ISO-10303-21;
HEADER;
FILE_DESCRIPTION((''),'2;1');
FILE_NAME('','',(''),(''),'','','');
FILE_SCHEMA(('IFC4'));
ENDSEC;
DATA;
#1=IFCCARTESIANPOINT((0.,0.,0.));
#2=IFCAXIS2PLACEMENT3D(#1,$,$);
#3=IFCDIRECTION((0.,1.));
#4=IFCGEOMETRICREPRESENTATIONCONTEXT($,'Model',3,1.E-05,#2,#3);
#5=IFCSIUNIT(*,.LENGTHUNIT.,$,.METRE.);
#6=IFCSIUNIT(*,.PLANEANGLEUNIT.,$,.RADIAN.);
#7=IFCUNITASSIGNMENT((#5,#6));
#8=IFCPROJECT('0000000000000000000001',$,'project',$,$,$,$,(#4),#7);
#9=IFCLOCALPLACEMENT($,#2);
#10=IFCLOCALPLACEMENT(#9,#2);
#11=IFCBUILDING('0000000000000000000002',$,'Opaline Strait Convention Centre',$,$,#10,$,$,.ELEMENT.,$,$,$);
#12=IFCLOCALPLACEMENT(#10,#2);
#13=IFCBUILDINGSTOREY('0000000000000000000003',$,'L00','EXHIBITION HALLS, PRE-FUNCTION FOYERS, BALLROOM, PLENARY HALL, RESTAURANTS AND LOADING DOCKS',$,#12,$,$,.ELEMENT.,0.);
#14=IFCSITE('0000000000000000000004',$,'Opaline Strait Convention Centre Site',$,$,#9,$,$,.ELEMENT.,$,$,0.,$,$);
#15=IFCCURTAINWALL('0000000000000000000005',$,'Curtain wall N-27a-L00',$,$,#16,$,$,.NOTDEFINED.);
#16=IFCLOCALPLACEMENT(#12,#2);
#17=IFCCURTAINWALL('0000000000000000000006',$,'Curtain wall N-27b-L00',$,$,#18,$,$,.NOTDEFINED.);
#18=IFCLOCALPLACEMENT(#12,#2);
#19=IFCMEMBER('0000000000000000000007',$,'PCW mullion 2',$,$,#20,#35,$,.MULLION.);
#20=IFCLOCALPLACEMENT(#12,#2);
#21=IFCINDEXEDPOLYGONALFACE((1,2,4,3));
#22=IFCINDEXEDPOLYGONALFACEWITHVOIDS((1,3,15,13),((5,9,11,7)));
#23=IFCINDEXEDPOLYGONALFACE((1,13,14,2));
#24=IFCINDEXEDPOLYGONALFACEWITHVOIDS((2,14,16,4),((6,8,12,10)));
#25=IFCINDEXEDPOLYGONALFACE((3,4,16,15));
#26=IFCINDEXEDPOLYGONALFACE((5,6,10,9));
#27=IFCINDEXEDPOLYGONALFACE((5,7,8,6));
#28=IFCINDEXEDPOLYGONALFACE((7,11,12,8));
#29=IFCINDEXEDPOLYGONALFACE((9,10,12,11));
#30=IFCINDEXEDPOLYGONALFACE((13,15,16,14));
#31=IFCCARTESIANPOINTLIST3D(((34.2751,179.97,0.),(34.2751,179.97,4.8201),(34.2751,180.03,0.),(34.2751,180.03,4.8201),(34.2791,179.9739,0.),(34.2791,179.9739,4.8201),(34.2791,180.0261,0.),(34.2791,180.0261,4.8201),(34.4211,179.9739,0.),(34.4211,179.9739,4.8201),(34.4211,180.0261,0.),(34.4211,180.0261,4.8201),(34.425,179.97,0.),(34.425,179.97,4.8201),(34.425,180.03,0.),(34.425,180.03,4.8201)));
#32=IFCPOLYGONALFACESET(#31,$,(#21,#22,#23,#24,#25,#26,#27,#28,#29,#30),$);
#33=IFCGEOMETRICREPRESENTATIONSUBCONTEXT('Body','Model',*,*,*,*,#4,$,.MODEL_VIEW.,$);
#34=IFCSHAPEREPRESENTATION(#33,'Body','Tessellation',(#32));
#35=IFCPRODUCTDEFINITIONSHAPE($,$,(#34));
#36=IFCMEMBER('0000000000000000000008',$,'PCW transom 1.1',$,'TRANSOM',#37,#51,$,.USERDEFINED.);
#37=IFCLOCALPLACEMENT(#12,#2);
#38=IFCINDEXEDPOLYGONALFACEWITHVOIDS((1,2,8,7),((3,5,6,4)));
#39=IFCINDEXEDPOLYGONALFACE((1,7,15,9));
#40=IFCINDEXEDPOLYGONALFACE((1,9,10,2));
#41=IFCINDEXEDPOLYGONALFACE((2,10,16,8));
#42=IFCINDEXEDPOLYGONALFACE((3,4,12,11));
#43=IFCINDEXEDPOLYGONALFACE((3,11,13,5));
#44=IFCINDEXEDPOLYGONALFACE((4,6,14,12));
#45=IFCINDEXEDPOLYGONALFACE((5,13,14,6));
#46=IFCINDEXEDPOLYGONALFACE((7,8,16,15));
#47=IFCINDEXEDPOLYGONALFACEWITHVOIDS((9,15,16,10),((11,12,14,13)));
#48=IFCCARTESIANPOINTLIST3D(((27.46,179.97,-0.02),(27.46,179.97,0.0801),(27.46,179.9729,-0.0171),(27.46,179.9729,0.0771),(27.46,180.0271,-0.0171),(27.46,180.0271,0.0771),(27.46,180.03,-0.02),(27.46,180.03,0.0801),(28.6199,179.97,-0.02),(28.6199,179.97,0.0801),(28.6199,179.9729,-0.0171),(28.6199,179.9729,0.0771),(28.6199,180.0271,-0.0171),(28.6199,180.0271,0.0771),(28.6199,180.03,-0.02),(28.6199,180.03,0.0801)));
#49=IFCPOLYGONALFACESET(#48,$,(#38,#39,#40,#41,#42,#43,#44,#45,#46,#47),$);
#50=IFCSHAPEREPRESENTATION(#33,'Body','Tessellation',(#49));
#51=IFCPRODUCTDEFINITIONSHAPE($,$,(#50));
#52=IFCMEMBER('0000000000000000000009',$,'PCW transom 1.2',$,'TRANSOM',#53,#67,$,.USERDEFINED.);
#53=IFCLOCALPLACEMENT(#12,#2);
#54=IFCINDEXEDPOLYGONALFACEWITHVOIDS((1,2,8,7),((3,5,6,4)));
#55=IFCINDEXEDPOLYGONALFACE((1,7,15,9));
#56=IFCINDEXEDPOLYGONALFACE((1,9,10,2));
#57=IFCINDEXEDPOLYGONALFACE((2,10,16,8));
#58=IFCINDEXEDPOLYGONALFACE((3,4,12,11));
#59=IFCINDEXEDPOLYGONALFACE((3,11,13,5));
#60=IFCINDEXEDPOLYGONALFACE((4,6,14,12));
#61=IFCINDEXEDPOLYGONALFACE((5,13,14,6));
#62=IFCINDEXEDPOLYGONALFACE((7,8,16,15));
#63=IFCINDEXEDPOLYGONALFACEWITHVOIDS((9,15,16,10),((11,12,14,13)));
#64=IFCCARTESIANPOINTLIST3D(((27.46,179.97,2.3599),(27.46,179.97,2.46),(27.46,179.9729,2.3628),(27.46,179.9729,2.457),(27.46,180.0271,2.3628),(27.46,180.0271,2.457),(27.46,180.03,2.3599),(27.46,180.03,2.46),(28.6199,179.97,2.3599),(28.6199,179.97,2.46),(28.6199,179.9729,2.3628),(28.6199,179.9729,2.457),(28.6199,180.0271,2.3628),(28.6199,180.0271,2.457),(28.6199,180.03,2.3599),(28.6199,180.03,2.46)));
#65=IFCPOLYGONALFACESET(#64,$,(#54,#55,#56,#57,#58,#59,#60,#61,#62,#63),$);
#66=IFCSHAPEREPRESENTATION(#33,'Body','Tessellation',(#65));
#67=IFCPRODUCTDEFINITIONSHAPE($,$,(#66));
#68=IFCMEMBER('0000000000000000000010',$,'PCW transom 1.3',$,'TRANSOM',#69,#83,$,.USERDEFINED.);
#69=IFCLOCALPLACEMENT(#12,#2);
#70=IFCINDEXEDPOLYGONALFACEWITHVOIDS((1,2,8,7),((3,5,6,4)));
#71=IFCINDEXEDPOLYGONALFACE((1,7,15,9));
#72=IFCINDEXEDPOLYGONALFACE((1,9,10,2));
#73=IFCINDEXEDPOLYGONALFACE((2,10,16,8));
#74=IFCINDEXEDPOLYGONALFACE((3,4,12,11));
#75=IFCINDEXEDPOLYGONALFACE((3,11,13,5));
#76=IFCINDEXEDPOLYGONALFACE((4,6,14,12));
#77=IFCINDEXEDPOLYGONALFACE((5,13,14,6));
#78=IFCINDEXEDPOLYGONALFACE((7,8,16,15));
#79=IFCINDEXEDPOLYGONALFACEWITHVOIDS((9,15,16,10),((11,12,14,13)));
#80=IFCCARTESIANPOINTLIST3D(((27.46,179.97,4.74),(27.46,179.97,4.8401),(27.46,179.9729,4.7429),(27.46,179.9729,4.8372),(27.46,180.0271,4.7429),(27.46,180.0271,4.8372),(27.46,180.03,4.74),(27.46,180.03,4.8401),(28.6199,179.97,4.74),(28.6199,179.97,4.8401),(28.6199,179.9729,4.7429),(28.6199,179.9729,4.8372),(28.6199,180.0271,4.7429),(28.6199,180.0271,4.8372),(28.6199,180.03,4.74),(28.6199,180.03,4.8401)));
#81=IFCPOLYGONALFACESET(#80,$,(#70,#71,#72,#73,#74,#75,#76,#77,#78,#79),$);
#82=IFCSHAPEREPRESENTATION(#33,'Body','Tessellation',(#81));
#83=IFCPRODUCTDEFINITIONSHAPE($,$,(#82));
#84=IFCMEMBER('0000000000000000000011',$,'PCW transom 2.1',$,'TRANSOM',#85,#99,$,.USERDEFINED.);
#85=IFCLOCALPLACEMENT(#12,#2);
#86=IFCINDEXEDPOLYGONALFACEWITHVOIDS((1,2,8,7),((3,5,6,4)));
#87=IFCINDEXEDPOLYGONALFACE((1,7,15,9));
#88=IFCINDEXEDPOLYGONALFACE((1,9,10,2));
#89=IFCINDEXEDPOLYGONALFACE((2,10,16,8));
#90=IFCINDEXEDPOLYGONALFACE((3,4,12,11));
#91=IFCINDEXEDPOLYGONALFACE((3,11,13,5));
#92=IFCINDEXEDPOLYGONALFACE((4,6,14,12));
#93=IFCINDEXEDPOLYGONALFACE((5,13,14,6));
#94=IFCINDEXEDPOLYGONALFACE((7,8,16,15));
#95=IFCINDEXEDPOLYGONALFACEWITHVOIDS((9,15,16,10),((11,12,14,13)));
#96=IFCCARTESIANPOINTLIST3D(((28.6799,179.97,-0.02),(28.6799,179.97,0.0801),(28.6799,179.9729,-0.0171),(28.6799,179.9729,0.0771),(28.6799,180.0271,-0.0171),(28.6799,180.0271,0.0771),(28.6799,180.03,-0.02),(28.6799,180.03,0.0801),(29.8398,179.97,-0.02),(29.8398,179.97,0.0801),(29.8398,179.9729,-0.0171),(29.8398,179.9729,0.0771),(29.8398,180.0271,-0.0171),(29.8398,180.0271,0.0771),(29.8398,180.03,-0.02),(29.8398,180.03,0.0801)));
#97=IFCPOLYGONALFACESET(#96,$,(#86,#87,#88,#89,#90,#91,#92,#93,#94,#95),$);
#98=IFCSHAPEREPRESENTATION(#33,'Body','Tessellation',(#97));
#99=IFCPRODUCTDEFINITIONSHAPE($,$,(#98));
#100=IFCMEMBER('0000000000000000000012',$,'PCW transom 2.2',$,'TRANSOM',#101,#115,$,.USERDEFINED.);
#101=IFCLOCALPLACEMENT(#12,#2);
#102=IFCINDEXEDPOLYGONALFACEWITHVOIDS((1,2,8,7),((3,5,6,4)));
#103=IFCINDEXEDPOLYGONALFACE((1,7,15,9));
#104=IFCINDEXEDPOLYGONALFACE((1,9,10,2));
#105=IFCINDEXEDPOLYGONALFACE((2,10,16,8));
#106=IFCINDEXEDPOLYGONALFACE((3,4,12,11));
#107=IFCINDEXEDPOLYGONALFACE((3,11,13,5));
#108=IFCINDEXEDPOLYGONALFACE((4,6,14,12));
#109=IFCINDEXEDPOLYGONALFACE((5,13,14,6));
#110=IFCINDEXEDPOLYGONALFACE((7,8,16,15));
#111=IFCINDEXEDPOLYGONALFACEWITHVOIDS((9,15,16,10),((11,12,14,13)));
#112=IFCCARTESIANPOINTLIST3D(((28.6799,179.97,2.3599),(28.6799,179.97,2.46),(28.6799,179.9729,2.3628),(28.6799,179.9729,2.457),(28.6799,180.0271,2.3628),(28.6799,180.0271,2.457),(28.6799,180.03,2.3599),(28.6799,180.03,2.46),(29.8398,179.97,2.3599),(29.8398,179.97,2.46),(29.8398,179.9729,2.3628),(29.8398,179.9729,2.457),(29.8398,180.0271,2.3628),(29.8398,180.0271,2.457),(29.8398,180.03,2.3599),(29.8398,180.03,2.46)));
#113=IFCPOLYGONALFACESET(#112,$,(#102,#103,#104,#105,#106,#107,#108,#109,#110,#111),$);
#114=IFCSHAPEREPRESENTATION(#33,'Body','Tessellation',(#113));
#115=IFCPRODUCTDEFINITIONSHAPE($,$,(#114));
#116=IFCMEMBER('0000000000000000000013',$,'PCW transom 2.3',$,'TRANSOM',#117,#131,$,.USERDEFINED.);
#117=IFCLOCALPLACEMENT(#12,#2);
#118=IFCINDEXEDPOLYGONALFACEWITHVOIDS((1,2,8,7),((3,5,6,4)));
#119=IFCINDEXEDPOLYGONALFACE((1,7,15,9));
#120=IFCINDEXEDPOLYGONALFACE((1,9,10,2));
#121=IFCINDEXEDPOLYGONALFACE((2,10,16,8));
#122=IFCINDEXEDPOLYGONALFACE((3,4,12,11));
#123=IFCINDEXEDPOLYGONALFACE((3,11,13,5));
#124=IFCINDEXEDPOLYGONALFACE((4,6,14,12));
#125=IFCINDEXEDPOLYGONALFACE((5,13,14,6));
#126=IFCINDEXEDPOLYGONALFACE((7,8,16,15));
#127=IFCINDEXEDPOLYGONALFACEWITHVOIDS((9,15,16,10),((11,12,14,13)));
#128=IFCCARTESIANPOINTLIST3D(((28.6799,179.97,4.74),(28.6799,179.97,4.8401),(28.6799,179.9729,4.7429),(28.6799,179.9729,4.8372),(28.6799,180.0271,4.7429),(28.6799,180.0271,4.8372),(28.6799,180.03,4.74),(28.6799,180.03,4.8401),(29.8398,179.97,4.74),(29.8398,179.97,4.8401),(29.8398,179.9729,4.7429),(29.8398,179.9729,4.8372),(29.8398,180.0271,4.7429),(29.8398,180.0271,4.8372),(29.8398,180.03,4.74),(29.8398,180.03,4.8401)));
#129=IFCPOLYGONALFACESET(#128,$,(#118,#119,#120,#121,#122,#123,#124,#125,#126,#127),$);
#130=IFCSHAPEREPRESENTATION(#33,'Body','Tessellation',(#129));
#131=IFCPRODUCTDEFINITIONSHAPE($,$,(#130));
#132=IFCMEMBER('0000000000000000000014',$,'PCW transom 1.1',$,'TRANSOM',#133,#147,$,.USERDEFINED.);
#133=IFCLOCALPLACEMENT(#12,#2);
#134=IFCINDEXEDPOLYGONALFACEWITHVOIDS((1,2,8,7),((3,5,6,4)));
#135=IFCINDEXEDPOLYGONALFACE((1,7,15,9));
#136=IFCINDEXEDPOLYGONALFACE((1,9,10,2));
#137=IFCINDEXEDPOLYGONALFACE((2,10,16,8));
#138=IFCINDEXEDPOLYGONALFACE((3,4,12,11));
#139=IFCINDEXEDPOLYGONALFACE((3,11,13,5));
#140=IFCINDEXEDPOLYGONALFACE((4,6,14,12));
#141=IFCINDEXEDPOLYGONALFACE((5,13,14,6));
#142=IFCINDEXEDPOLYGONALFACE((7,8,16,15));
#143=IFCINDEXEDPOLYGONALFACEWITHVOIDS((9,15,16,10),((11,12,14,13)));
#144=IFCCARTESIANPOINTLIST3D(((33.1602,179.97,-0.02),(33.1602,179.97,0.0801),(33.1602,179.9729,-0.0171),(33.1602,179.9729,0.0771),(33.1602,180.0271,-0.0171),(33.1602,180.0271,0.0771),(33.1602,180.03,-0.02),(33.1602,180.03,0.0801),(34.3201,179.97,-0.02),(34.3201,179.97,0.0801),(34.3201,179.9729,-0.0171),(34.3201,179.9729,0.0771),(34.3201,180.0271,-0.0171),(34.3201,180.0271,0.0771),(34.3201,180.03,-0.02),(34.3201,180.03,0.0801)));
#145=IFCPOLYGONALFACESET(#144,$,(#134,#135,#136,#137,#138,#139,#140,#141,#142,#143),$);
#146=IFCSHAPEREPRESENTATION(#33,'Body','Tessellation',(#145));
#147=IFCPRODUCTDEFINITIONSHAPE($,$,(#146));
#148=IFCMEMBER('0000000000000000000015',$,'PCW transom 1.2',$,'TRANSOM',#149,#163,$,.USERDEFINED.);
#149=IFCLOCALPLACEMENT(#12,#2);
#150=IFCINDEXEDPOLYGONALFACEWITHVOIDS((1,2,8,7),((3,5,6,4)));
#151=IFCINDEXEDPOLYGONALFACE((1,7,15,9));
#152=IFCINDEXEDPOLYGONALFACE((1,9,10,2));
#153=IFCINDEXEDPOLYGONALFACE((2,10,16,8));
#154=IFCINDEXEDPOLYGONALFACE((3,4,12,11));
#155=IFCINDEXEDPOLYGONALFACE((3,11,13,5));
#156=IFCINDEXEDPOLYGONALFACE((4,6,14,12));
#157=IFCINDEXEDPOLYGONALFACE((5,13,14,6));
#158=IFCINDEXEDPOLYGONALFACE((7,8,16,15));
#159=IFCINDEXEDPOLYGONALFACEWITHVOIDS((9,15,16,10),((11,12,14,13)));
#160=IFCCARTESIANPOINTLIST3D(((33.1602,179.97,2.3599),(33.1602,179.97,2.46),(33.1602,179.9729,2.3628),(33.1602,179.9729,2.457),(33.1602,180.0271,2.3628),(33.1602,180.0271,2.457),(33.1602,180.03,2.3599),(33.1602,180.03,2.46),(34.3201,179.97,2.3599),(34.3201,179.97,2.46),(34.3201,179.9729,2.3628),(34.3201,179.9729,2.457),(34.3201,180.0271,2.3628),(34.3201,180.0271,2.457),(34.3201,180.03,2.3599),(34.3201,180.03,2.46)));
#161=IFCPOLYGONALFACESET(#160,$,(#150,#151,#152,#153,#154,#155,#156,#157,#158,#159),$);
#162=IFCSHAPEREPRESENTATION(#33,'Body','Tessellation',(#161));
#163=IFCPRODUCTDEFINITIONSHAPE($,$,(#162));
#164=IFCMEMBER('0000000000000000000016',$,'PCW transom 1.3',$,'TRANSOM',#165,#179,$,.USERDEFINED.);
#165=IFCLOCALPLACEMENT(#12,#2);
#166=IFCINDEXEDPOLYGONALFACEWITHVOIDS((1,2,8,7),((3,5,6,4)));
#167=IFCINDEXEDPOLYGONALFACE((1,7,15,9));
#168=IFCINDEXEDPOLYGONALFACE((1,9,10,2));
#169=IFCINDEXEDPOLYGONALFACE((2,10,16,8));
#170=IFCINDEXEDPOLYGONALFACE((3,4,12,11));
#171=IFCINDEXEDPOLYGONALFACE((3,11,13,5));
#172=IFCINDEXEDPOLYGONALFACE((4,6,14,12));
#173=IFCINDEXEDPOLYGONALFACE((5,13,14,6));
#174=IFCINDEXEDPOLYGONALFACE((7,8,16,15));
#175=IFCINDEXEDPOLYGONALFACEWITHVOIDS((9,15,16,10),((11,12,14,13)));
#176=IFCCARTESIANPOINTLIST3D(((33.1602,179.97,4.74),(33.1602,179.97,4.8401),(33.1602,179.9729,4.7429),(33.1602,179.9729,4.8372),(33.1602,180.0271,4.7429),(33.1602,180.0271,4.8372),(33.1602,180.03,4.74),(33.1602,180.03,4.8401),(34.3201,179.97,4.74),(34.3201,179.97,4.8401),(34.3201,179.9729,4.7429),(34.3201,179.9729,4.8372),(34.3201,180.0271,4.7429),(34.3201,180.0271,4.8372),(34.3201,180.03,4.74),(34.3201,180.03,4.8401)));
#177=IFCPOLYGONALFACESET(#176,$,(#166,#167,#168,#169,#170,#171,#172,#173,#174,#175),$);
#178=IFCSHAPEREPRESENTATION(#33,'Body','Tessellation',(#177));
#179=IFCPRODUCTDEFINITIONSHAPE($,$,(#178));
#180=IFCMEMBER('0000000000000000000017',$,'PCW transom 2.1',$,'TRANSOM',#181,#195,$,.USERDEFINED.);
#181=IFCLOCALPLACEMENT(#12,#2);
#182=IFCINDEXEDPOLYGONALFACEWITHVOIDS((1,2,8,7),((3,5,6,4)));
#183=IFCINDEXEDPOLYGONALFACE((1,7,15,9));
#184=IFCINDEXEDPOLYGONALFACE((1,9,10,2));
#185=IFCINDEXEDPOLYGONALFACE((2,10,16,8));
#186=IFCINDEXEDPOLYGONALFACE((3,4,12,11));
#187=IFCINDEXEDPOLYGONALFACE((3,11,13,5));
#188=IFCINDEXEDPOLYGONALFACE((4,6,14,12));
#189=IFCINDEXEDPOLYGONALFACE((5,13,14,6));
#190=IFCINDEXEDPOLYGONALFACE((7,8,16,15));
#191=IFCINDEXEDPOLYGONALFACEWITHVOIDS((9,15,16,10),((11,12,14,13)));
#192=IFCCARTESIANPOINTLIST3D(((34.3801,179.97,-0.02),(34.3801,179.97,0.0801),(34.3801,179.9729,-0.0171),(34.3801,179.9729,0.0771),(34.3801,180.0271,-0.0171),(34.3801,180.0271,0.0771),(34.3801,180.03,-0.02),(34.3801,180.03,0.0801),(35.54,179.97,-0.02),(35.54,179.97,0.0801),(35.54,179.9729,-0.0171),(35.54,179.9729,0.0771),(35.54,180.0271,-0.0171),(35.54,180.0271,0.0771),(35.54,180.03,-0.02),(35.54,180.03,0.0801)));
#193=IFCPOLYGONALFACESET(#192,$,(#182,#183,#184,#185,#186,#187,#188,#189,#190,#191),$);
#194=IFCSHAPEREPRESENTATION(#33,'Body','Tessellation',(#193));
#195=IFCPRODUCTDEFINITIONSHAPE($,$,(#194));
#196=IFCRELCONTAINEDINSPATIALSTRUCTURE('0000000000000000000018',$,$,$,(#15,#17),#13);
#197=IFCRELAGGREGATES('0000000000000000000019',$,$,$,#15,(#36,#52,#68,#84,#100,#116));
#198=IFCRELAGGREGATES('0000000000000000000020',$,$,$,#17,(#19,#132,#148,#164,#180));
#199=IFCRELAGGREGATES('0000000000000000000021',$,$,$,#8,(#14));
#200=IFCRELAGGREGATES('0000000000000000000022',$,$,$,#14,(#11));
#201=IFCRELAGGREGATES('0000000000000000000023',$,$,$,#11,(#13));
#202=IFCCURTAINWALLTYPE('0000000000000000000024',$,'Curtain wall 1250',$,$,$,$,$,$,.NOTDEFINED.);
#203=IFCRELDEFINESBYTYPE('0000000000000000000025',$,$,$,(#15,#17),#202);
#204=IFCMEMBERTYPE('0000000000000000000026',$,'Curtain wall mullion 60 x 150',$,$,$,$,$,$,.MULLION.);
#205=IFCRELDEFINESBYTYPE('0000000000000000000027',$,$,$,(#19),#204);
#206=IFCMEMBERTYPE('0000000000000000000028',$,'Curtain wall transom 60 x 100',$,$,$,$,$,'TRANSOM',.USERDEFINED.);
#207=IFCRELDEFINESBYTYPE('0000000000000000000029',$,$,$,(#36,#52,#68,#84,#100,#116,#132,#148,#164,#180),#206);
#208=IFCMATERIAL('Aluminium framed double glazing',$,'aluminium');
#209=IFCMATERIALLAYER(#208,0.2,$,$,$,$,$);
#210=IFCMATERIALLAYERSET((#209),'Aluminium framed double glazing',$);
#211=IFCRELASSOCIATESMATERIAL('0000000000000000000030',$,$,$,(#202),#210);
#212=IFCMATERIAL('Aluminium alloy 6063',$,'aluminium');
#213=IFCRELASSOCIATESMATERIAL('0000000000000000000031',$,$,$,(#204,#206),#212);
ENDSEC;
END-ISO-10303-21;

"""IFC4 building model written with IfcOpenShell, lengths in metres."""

from ifc_helpers import new_model, si_unit, direction, frame, origin, origin_2d, place, context, subcontext, project, spatial, hollow_rectangle, extrude, material, layer, layer_set, material_profile, profile_set, type_object, element, aggregate, save


model = new_model("IFC4")

# Units and contexts
model_context = context("Model", 3, precision=1e-05, world=origin(), true_north=direction((0.0, 1.0)))
body_context = subcontext(model_context, "Body", "Model", "MODEL_VIEW")
ifc_project = project(units=[si_unit("LENGTHUNIT", "METRE"), si_unit("PLANEANGLEUNIT", "RADIAN")], contexts=[model_context])

# Site, building, storey
site_placement = place(None, origin())
site = spatial("IfcSite", under=ifc_project, at=site_placement, Name="Opaline Strait Convention Centre Site", CompositionType="ELEMENT", RefElevation=0.0)
building_placement = place(site_placement, origin())
building = spatial("IfcBuilding", under=site, at=building_placement, Name="Opaline Strait Convention Centre", CompositionType="ELEMENT")
storey_placement = place(building_placement, origin())
storey = spatial("IfcBuildingStorey", under=building, at=storey_placement, Name="L00", Description="EXHIBITION HALLS, PRE-FUNCTION FOYERS, BALLROOM, PLENARY HALL, RESTAURANTS AND LOADING DOCKS", CompositionType="ELEMENT", Elevation=0.0)

# Curtain walls, member
ifc_material_1 = material(Name="Aluminium framed double glazing", Category="aluminium")
ifc_layer_1 = layer(ifc_material_1, 0.2)
ifc_layer_set_1 = layer_set([ifc_layer_1], Name="Aluminium framed double glazing")
curtain_wall_type = type_object("IfcCurtainWallType", Name="Curtain wall 1250", PredefinedType="NOTDEFINED", material=ifc_layer_set_1)
curtain_wall_1_placement = place(storey_placement, origin())
curtain_wall_1 = element("IfcCurtainWall", 1, at=curtain_wall_1_placement, inside=storey, type_object=curtain_wall_type, Name="Curtain wall N-27a-L00", PredefinedType="NOTDEFINED")
ifc_material_2 = material(Name="Aluminium alloy 6063", Category="aluminium")
ifc_material_profile_1 = material_profile(ifc_material_2, hollow_rectangle(XDim=0.0601, YDim=0.1499, WallThickness=0.0039, at=origin_2d()), Name="MULLION 60x150x4")
ifc_profile_set_1 = profile_set([ifc_material_profile_1], Name="Aluminium alloy 6063")
member_type_1 = type_object("IfcMemberType", Name="Curtain wall mullion 60 x 150", PredefinedType="MULLION", material=ifc_profile_set_1)
curtain_wall_2_placement = place(storey_placement, origin())
curtain_wall_2 = element("IfcCurtainWall", 2, at=curtain_wall_2_placement, inside=storey, type_object=curtain_wall_type, Name="Curtain wall N-27b-L00", PredefinedType="NOTDEFINED")
member_1_placement = place(storey_placement, frame((34.3501, 180.0, 0.0), z_axis=(0.0, 0.0, 1.0), x_axis=(0.0, 1.0, 0.0)))
member_1 = element("IfcMember", 3, at=member_1_placement, type_object=member_type_1, Name="PCW mullion 2", PredefinedType="MULLION", context=body_context, shape_type="SweptSolid", body=[
    extrude(hollow_rectangle(XDim=0.0601, YDim=0.1499, WallThickness=0.0039, at=origin_2d()), origin(), (0.0, 0.0, 1.0), 4.8201),
])

# Members
ifc_material_profile_2 = material_profile(ifc_material_2, hollow_rectangle(XDim=0.0601, YDim=0.1001, WallThickness=0.0029, at=origin_2d()), Name="TRANSOM 60x100x3")
ifc_profile_set_2 = profile_set([ifc_material_profile_2], Name="Aluminium alloy 6063")
member_type_2 = type_object("IfcMemberType", Name="Curtain wall transom 60 x 100", ElementType="TRANSOM", PredefinedType="USERDEFINED", material=ifc_profile_set_2)
member_2_placement = place(storey_placement, frame((27.46, 180.0, 0.03), z_axis=(1.0, 0.0, 0.0), x_axis=(0.0, 1.0, 0.0)))
member_2 = element("IfcMember", 4, at=member_2_placement, type_object=member_type_2, Name="PCW transom 1.1", ObjectType="TRANSOM", PredefinedType="USERDEFINED", context=body_context, shape_type="SweptSolid", body=[
    extrude(hollow_rectangle(XDim=0.0601, YDim=0.1001, WallThickness=0.0029, at=origin_2d()), origin(), (0.0, 0.0, 1.0), 1.1599),
])
member_3_placement = place(storey_placement, frame((27.46, 180.0, 2.4099), z_axis=(1.0, 0.0, 0.0), x_axis=(0.0, 1.0, 0.0)))
member_3 = element("IfcMember", 5, at=member_3_placement, type_object=member_type_2, Name="PCW transom 1.2", ObjectType="TRANSOM", PredefinedType="USERDEFINED", context=body_context, shape_type="SweptSolid", body=[
    extrude(hollow_rectangle(XDim=0.0601, YDim=0.1001, WallThickness=0.0029, at=origin_2d()), origin(), (0.0, 0.0, 1.0), 1.1599),
])
member_4_placement = place(storey_placement, frame((27.46, 180.0, 4.79), z_axis=(1.0, 0.0, 0.0), x_axis=(0.0, 1.0, 0.0)))
member_4 = element("IfcMember", 6, at=member_4_placement, type_object=member_type_2, Name="PCW transom 1.3", ObjectType="TRANSOM", PredefinedType="USERDEFINED", context=body_context, shape_type="SweptSolid", body=[
    extrude(hollow_rectangle(XDim=0.0601, YDim=0.1001, WallThickness=0.0029, at=origin_2d()), origin(), (0.0, 0.0, 1.0), 1.1599),
])
member_5_placement = place(storey_placement, frame((28.6799, 180.0, 0.03), z_axis=(1.0, 0.0, 0.0), x_axis=(0.0, 1.0, 0.0)))
member_5 = element("IfcMember", 7, at=member_5_placement, type_object=member_type_2, Name="PCW transom 2.1", ObjectType="TRANSOM", PredefinedType="USERDEFINED", context=body_context, shape_type="SweptSolid", body=[
    extrude(hollow_rectangle(XDim=0.0601, YDim=0.1001, WallThickness=0.0029, at=origin_2d()), origin(), (0.0, 0.0, 1.0), 1.1599),
])
member_6_placement = place(storey_placement, frame((28.6799, 180.0, 2.4099), z_axis=(1.0, 0.0, 0.0), x_axis=(0.0, 1.0, 0.0)))
member_6 = element("IfcMember", 8, at=member_6_placement, type_object=member_type_2, Name="PCW transom 2.2", ObjectType="TRANSOM", PredefinedType="USERDEFINED", context=body_context, shape_type="SweptSolid", body=[
    extrude(hollow_rectangle(XDim=0.0601, YDim=0.1001, WallThickness=0.0029, at=origin_2d()), origin(), (0.0, 0.0, 1.0), 1.1599),
])
member_7_placement = place(storey_placement, frame((28.6799, 180.0, 4.79), z_axis=(1.0, 0.0, 0.0), x_axis=(0.0, 1.0, 0.0)))
member_7 = element("IfcMember", 9, at=member_7_placement, type_object=member_type_2, Name="PCW transom 2.3", ObjectType="TRANSOM", PredefinedType="USERDEFINED", context=body_context, shape_type="SweptSolid", body=[
    extrude(hollow_rectangle(XDim=0.0601, YDim=0.1001, WallThickness=0.0029, at=origin_2d()), origin(), (0.0, 0.0, 1.0), 1.1599),
])
member_8_placement = place(storey_placement, frame((33.1602, 180.0, 0.03), z_axis=(1.0, 0.0, 0.0), x_axis=(0.0, 1.0, 0.0)))
member_8 = element("IfcMember", 10, at=member_8_placement, type_object=member_type_2, Name="PCW transom 1.1", ObjectType="TRANSOM", PredefinedType="USERDEFINED", context=body_context, shape_type="SweptSolid", body=[
    extrude(hollow_rectangle(XDim=0.0601, YDim=0.1001, WallThickness=0.0029, at=origin_2d()), origin(), (0.0, 0.0, 1.0), 1.1599),
])
member_9_placement = place(storey_placement, frame((33.1602, 180.0, 2.4099), z_axis=(1.0, 0.0, 0.0), x_axis=(0.0, 1.0, 0.0)))
member_9 = element("IfcMember", 11, at=member_9_placement, type_object=member_type_2, Name="PCW transom 1.2", ObjectType="TRANSOM", PredefinedType="USERDEFINED", context=body_context, shape_type="SweptSolid", body=[
    extrude(hollow_rectangle(XDim=0.0601, YDim=0.1001, WallThickness=0.0029, at=origin_2d()), origin(), (0.0, 0.0, 1.0), 1.1599),
])
member_10_placement = place(storey_placement, frame((33.1602, 180.0, 4.79), z_axis=(1.0, 0.0, 0.0), x_axis=(0.0, 1.0, 0.0)))
member_10 = element("IfcMember", 12, at=member_10_placement, type_object=member_type_2, Name="PCW transom 1.3", ObjectType="TRANSOM", PredefinedType="USERDEFINED", context=body_context, shape_type="SweptSolid", body=[
    extrude(hollow_rectangle(XDim=0.0601, YDim=0.1001, WallThickness=0.0029, at=origin_2d()), origin(), (0.0, 0.0, 1.0), 1.1599),
])
member_11_placement = place(storey_placement, frame((34.3801, 180.0, 0.03), z_axis=(1.0, 0.0, 0.0), x_axis=(0.0, 1.0, 0.0)))
member_11 = element("IfcMember", 13, at=member_11_placement, type_object=member_type_2, Name="PCW transom 2.1", ObjectType="TRANSOM", PredefinedType="USERDEFINED", context=body_context, shape_type="SweptSolid", body=[
    extrude(hollow_rectangle(XDim=0.0601, YDim=0.1001, WallThickness=0.0029, at=origin_2d()), origin(), (0.0, 0.0, 1.0), 1.1599),
])

aggregate(curtain_wall_1, [member_2, member_3, member_4, member_5, member_6, member_7])
aggregate(curtain_wall_2, [member_1, member_8, member_9, member_10, member_11])

save(model, "model.ifc")
